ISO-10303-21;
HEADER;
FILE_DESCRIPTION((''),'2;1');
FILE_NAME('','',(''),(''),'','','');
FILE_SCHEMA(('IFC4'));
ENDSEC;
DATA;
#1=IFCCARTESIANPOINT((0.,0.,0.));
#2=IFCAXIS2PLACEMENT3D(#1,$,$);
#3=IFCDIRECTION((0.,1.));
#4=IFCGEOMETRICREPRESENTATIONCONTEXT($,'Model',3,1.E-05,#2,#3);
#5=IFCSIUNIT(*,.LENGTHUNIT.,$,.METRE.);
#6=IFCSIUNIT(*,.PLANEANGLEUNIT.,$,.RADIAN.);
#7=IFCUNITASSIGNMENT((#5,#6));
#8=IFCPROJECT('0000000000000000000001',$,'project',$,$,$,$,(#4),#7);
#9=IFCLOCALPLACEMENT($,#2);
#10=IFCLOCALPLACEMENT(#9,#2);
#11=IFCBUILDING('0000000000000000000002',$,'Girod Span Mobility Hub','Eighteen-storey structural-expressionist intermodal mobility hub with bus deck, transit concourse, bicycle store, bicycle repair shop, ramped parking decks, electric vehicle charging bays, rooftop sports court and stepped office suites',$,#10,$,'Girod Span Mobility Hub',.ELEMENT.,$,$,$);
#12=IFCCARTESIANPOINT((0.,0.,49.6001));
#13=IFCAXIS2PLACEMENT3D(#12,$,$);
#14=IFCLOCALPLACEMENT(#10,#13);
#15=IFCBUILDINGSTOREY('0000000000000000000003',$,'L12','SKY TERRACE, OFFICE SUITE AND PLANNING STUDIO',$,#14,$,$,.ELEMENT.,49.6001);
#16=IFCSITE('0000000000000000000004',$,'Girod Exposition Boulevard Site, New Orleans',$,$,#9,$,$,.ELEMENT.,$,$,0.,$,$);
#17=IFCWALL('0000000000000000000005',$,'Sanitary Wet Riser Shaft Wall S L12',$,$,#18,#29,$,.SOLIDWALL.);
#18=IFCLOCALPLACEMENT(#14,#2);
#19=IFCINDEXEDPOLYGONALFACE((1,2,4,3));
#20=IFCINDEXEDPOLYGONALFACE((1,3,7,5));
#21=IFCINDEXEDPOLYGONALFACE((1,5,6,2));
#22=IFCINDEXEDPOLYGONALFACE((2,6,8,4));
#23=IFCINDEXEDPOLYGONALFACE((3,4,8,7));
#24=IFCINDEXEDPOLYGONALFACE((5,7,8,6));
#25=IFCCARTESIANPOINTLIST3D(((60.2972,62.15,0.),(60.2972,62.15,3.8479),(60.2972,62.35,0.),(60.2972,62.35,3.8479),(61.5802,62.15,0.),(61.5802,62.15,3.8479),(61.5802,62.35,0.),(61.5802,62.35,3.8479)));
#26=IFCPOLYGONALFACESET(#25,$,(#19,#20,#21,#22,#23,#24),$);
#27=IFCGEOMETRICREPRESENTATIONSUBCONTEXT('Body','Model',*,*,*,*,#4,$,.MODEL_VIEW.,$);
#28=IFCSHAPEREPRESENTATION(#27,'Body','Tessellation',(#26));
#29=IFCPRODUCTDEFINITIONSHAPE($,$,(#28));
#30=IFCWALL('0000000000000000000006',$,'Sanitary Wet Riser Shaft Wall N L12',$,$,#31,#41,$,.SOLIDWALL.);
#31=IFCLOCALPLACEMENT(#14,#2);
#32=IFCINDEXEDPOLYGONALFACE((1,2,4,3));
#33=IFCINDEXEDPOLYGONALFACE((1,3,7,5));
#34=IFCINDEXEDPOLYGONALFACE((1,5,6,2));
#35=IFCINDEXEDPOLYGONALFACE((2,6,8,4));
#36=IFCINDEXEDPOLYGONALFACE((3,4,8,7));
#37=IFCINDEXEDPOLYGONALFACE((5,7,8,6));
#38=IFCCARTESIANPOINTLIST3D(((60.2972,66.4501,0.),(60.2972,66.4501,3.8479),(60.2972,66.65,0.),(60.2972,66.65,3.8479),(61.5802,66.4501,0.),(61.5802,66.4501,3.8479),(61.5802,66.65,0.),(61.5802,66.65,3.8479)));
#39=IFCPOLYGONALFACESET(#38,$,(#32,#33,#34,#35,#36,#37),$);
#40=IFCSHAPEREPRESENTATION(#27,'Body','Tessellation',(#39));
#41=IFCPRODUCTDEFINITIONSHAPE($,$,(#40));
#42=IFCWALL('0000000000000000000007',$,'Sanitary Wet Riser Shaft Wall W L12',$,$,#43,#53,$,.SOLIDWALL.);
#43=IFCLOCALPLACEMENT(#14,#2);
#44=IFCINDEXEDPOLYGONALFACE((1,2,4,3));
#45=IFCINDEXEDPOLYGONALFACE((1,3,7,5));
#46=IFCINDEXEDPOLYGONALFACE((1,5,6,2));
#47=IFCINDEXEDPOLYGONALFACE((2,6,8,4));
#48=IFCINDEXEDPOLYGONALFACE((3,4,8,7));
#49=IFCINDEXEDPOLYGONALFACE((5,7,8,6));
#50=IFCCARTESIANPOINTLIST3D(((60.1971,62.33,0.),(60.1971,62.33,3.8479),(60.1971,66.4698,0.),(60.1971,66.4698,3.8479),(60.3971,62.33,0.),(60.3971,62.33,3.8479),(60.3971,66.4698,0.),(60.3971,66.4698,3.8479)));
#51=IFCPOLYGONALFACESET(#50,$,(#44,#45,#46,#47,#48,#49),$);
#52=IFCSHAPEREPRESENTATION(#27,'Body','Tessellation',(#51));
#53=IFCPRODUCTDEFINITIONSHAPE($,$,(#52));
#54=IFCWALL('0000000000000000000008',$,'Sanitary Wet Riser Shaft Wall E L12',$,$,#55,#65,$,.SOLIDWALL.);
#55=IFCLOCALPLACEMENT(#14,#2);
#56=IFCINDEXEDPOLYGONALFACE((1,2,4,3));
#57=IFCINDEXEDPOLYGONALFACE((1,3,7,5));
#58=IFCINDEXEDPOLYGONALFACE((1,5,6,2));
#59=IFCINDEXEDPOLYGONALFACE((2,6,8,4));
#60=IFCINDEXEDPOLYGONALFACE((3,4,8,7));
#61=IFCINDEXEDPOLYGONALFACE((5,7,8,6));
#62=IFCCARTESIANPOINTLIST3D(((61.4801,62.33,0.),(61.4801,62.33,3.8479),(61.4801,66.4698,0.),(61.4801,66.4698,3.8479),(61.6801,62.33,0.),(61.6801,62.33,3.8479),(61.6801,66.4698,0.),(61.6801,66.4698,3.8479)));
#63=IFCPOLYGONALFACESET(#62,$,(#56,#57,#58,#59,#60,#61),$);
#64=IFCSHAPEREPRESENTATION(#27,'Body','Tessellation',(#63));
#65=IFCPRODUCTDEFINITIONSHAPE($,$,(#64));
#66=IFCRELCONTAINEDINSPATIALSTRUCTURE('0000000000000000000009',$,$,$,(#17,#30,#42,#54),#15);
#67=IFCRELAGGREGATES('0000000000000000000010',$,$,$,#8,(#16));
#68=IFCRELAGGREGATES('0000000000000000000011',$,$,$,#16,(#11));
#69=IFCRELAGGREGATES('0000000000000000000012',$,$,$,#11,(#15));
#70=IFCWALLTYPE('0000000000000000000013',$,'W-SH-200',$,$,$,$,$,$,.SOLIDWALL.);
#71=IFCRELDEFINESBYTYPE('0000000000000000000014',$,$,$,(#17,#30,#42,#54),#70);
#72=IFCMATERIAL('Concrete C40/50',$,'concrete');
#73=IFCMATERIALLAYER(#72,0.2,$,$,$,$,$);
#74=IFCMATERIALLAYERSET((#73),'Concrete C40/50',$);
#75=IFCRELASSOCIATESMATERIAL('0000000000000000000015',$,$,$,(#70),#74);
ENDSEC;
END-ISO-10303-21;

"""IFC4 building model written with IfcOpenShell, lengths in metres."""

from ifc_helpers import new_model, si_unit, direction, frame, frame_2d, origin, place, context, subcontext, project, spatial, rectangle, extrude, material, layer, layer_set, type_object, element, save


model = new_model("IFC4")

# Units and contexts
model_context = context("Model", 3, precision=1e-05, world=origin(), true_north=direction((0.0, 1.0)))
body_context = subcontext(model_context, "Body", "Model", "MODEL_VIEW")
ifc_project = project(units=[si_unit("LENGTHUNIT", "METRE"), si_unit("PLANEANGLEUNIT", "RADIAN")], contexts=[model_context])

# Site, building, storey
site_placement = place(None, origin())
site = spatial("IfcSite", under=ifc_project, at=site_placement, Name="Girod Exposition Boulevard Site, New Orleans", CompositionType="ELEMENT", RefElevation=0.0)
building_placement = place(site_placement, origin())
building = spatial("IfcBuilding", under=site, at=building_placement, Name="Girod Span Mobility Hub", Description="Eighteen-storey structural-expressionist intermodal mobility hub with bus deck, transit concourse, bicycle store, bicycle repair shop, ramped parking decks, electric vehicle charging bays, rooftop sports court and stepped office suites", LongName="Girod Span Mobility Hub", CompositionType="ELEMENT")
storey_placement = place(building_placement, frame((0.0, 0.0, 49.6001)))
storey = spatial("IfcBuildingStorey", under=building, at=storey_placement, Name="L12", Description="SKY TERRACE, OFFICE SUITE AND PLANNING STUDIO", CompositionType="ELEMENT", Elevation=49.6001)

# Walls
ifc_material_1 = material(Name="Concrete C40/50", Category="concrete")
ifc_layer_1 = layer(ifc_material_1, 0.2)
ifc_layer_set_1 = layer_set([ifc_layer_1], Name="Concrete C40/50")
wall_type_1 = type_object("IfcWallType", Name="W-SH-200", PredefinedType="SOLIDWALL", material=ifc_layer_set_1)
for number, where, z_axis, x_axis, name in (
    (1, (60.2971, 62.25, 0.0), (0.0, 0.0, 1.0), (1.0, 0.0, 0.0), "Sanitary Wet Riser Shaft Wall S L12"),
    (2, (60.2971, 66.55, 0.0), (0.0, 0.0, 1.0), (1.0, 0.0, 0.0), "Sanitary Wet Riser Shaft Wall N L12"),
):
    element("IfcWall", number, at=place(storey_placement, frame(where, z_axis=z_axis, x_axis=x_axis)), inside=storey, type_object=wall_type_1, Name=name, PredefinedType="SOLIDWALL", context=body_context, shape_type="SweptSolid", body=[
        extrude(rectangle(XDim=1.283, YDim=0.2, at=frame_2d((0.6416, 0.0))), origin(), (0.0, 0.0, 1.0), 3.8479),
    ])
for number, where, z_axis, x_axis, name in (
    (3, (60.2971, 62.3301, 0.0), (0.0, 0.0, 1.0), (0.0, 1.0, 0.0), "Sanitary Wet Riser Shaft Wall W L12"),
    (4, (61.5801, 62.3301, 0.0), (0.0, 0.0, 1.0), (0.0, 1.0, 0.0), "Sanitary Wet Riser Shaft Wall E L12"),
):
    element("IfcWall", number, at=place(storey_placement, frame(where, z_axis=z_axis, x_axis=x_axis)), inside=storey, type_object=wall_type_1, Name=name, PredefinedType="SOLIDWALL", context=body_context, shape_type="SweptSolid", body=[
        extrude(rectangle(XDim=4.1399, YDim=0.2, at=frame_2d((2.0698, 0.0))), origin(), (0.0, 0.0, 1.0), 3.8479),
    ])

save(model, "model.ifc")
